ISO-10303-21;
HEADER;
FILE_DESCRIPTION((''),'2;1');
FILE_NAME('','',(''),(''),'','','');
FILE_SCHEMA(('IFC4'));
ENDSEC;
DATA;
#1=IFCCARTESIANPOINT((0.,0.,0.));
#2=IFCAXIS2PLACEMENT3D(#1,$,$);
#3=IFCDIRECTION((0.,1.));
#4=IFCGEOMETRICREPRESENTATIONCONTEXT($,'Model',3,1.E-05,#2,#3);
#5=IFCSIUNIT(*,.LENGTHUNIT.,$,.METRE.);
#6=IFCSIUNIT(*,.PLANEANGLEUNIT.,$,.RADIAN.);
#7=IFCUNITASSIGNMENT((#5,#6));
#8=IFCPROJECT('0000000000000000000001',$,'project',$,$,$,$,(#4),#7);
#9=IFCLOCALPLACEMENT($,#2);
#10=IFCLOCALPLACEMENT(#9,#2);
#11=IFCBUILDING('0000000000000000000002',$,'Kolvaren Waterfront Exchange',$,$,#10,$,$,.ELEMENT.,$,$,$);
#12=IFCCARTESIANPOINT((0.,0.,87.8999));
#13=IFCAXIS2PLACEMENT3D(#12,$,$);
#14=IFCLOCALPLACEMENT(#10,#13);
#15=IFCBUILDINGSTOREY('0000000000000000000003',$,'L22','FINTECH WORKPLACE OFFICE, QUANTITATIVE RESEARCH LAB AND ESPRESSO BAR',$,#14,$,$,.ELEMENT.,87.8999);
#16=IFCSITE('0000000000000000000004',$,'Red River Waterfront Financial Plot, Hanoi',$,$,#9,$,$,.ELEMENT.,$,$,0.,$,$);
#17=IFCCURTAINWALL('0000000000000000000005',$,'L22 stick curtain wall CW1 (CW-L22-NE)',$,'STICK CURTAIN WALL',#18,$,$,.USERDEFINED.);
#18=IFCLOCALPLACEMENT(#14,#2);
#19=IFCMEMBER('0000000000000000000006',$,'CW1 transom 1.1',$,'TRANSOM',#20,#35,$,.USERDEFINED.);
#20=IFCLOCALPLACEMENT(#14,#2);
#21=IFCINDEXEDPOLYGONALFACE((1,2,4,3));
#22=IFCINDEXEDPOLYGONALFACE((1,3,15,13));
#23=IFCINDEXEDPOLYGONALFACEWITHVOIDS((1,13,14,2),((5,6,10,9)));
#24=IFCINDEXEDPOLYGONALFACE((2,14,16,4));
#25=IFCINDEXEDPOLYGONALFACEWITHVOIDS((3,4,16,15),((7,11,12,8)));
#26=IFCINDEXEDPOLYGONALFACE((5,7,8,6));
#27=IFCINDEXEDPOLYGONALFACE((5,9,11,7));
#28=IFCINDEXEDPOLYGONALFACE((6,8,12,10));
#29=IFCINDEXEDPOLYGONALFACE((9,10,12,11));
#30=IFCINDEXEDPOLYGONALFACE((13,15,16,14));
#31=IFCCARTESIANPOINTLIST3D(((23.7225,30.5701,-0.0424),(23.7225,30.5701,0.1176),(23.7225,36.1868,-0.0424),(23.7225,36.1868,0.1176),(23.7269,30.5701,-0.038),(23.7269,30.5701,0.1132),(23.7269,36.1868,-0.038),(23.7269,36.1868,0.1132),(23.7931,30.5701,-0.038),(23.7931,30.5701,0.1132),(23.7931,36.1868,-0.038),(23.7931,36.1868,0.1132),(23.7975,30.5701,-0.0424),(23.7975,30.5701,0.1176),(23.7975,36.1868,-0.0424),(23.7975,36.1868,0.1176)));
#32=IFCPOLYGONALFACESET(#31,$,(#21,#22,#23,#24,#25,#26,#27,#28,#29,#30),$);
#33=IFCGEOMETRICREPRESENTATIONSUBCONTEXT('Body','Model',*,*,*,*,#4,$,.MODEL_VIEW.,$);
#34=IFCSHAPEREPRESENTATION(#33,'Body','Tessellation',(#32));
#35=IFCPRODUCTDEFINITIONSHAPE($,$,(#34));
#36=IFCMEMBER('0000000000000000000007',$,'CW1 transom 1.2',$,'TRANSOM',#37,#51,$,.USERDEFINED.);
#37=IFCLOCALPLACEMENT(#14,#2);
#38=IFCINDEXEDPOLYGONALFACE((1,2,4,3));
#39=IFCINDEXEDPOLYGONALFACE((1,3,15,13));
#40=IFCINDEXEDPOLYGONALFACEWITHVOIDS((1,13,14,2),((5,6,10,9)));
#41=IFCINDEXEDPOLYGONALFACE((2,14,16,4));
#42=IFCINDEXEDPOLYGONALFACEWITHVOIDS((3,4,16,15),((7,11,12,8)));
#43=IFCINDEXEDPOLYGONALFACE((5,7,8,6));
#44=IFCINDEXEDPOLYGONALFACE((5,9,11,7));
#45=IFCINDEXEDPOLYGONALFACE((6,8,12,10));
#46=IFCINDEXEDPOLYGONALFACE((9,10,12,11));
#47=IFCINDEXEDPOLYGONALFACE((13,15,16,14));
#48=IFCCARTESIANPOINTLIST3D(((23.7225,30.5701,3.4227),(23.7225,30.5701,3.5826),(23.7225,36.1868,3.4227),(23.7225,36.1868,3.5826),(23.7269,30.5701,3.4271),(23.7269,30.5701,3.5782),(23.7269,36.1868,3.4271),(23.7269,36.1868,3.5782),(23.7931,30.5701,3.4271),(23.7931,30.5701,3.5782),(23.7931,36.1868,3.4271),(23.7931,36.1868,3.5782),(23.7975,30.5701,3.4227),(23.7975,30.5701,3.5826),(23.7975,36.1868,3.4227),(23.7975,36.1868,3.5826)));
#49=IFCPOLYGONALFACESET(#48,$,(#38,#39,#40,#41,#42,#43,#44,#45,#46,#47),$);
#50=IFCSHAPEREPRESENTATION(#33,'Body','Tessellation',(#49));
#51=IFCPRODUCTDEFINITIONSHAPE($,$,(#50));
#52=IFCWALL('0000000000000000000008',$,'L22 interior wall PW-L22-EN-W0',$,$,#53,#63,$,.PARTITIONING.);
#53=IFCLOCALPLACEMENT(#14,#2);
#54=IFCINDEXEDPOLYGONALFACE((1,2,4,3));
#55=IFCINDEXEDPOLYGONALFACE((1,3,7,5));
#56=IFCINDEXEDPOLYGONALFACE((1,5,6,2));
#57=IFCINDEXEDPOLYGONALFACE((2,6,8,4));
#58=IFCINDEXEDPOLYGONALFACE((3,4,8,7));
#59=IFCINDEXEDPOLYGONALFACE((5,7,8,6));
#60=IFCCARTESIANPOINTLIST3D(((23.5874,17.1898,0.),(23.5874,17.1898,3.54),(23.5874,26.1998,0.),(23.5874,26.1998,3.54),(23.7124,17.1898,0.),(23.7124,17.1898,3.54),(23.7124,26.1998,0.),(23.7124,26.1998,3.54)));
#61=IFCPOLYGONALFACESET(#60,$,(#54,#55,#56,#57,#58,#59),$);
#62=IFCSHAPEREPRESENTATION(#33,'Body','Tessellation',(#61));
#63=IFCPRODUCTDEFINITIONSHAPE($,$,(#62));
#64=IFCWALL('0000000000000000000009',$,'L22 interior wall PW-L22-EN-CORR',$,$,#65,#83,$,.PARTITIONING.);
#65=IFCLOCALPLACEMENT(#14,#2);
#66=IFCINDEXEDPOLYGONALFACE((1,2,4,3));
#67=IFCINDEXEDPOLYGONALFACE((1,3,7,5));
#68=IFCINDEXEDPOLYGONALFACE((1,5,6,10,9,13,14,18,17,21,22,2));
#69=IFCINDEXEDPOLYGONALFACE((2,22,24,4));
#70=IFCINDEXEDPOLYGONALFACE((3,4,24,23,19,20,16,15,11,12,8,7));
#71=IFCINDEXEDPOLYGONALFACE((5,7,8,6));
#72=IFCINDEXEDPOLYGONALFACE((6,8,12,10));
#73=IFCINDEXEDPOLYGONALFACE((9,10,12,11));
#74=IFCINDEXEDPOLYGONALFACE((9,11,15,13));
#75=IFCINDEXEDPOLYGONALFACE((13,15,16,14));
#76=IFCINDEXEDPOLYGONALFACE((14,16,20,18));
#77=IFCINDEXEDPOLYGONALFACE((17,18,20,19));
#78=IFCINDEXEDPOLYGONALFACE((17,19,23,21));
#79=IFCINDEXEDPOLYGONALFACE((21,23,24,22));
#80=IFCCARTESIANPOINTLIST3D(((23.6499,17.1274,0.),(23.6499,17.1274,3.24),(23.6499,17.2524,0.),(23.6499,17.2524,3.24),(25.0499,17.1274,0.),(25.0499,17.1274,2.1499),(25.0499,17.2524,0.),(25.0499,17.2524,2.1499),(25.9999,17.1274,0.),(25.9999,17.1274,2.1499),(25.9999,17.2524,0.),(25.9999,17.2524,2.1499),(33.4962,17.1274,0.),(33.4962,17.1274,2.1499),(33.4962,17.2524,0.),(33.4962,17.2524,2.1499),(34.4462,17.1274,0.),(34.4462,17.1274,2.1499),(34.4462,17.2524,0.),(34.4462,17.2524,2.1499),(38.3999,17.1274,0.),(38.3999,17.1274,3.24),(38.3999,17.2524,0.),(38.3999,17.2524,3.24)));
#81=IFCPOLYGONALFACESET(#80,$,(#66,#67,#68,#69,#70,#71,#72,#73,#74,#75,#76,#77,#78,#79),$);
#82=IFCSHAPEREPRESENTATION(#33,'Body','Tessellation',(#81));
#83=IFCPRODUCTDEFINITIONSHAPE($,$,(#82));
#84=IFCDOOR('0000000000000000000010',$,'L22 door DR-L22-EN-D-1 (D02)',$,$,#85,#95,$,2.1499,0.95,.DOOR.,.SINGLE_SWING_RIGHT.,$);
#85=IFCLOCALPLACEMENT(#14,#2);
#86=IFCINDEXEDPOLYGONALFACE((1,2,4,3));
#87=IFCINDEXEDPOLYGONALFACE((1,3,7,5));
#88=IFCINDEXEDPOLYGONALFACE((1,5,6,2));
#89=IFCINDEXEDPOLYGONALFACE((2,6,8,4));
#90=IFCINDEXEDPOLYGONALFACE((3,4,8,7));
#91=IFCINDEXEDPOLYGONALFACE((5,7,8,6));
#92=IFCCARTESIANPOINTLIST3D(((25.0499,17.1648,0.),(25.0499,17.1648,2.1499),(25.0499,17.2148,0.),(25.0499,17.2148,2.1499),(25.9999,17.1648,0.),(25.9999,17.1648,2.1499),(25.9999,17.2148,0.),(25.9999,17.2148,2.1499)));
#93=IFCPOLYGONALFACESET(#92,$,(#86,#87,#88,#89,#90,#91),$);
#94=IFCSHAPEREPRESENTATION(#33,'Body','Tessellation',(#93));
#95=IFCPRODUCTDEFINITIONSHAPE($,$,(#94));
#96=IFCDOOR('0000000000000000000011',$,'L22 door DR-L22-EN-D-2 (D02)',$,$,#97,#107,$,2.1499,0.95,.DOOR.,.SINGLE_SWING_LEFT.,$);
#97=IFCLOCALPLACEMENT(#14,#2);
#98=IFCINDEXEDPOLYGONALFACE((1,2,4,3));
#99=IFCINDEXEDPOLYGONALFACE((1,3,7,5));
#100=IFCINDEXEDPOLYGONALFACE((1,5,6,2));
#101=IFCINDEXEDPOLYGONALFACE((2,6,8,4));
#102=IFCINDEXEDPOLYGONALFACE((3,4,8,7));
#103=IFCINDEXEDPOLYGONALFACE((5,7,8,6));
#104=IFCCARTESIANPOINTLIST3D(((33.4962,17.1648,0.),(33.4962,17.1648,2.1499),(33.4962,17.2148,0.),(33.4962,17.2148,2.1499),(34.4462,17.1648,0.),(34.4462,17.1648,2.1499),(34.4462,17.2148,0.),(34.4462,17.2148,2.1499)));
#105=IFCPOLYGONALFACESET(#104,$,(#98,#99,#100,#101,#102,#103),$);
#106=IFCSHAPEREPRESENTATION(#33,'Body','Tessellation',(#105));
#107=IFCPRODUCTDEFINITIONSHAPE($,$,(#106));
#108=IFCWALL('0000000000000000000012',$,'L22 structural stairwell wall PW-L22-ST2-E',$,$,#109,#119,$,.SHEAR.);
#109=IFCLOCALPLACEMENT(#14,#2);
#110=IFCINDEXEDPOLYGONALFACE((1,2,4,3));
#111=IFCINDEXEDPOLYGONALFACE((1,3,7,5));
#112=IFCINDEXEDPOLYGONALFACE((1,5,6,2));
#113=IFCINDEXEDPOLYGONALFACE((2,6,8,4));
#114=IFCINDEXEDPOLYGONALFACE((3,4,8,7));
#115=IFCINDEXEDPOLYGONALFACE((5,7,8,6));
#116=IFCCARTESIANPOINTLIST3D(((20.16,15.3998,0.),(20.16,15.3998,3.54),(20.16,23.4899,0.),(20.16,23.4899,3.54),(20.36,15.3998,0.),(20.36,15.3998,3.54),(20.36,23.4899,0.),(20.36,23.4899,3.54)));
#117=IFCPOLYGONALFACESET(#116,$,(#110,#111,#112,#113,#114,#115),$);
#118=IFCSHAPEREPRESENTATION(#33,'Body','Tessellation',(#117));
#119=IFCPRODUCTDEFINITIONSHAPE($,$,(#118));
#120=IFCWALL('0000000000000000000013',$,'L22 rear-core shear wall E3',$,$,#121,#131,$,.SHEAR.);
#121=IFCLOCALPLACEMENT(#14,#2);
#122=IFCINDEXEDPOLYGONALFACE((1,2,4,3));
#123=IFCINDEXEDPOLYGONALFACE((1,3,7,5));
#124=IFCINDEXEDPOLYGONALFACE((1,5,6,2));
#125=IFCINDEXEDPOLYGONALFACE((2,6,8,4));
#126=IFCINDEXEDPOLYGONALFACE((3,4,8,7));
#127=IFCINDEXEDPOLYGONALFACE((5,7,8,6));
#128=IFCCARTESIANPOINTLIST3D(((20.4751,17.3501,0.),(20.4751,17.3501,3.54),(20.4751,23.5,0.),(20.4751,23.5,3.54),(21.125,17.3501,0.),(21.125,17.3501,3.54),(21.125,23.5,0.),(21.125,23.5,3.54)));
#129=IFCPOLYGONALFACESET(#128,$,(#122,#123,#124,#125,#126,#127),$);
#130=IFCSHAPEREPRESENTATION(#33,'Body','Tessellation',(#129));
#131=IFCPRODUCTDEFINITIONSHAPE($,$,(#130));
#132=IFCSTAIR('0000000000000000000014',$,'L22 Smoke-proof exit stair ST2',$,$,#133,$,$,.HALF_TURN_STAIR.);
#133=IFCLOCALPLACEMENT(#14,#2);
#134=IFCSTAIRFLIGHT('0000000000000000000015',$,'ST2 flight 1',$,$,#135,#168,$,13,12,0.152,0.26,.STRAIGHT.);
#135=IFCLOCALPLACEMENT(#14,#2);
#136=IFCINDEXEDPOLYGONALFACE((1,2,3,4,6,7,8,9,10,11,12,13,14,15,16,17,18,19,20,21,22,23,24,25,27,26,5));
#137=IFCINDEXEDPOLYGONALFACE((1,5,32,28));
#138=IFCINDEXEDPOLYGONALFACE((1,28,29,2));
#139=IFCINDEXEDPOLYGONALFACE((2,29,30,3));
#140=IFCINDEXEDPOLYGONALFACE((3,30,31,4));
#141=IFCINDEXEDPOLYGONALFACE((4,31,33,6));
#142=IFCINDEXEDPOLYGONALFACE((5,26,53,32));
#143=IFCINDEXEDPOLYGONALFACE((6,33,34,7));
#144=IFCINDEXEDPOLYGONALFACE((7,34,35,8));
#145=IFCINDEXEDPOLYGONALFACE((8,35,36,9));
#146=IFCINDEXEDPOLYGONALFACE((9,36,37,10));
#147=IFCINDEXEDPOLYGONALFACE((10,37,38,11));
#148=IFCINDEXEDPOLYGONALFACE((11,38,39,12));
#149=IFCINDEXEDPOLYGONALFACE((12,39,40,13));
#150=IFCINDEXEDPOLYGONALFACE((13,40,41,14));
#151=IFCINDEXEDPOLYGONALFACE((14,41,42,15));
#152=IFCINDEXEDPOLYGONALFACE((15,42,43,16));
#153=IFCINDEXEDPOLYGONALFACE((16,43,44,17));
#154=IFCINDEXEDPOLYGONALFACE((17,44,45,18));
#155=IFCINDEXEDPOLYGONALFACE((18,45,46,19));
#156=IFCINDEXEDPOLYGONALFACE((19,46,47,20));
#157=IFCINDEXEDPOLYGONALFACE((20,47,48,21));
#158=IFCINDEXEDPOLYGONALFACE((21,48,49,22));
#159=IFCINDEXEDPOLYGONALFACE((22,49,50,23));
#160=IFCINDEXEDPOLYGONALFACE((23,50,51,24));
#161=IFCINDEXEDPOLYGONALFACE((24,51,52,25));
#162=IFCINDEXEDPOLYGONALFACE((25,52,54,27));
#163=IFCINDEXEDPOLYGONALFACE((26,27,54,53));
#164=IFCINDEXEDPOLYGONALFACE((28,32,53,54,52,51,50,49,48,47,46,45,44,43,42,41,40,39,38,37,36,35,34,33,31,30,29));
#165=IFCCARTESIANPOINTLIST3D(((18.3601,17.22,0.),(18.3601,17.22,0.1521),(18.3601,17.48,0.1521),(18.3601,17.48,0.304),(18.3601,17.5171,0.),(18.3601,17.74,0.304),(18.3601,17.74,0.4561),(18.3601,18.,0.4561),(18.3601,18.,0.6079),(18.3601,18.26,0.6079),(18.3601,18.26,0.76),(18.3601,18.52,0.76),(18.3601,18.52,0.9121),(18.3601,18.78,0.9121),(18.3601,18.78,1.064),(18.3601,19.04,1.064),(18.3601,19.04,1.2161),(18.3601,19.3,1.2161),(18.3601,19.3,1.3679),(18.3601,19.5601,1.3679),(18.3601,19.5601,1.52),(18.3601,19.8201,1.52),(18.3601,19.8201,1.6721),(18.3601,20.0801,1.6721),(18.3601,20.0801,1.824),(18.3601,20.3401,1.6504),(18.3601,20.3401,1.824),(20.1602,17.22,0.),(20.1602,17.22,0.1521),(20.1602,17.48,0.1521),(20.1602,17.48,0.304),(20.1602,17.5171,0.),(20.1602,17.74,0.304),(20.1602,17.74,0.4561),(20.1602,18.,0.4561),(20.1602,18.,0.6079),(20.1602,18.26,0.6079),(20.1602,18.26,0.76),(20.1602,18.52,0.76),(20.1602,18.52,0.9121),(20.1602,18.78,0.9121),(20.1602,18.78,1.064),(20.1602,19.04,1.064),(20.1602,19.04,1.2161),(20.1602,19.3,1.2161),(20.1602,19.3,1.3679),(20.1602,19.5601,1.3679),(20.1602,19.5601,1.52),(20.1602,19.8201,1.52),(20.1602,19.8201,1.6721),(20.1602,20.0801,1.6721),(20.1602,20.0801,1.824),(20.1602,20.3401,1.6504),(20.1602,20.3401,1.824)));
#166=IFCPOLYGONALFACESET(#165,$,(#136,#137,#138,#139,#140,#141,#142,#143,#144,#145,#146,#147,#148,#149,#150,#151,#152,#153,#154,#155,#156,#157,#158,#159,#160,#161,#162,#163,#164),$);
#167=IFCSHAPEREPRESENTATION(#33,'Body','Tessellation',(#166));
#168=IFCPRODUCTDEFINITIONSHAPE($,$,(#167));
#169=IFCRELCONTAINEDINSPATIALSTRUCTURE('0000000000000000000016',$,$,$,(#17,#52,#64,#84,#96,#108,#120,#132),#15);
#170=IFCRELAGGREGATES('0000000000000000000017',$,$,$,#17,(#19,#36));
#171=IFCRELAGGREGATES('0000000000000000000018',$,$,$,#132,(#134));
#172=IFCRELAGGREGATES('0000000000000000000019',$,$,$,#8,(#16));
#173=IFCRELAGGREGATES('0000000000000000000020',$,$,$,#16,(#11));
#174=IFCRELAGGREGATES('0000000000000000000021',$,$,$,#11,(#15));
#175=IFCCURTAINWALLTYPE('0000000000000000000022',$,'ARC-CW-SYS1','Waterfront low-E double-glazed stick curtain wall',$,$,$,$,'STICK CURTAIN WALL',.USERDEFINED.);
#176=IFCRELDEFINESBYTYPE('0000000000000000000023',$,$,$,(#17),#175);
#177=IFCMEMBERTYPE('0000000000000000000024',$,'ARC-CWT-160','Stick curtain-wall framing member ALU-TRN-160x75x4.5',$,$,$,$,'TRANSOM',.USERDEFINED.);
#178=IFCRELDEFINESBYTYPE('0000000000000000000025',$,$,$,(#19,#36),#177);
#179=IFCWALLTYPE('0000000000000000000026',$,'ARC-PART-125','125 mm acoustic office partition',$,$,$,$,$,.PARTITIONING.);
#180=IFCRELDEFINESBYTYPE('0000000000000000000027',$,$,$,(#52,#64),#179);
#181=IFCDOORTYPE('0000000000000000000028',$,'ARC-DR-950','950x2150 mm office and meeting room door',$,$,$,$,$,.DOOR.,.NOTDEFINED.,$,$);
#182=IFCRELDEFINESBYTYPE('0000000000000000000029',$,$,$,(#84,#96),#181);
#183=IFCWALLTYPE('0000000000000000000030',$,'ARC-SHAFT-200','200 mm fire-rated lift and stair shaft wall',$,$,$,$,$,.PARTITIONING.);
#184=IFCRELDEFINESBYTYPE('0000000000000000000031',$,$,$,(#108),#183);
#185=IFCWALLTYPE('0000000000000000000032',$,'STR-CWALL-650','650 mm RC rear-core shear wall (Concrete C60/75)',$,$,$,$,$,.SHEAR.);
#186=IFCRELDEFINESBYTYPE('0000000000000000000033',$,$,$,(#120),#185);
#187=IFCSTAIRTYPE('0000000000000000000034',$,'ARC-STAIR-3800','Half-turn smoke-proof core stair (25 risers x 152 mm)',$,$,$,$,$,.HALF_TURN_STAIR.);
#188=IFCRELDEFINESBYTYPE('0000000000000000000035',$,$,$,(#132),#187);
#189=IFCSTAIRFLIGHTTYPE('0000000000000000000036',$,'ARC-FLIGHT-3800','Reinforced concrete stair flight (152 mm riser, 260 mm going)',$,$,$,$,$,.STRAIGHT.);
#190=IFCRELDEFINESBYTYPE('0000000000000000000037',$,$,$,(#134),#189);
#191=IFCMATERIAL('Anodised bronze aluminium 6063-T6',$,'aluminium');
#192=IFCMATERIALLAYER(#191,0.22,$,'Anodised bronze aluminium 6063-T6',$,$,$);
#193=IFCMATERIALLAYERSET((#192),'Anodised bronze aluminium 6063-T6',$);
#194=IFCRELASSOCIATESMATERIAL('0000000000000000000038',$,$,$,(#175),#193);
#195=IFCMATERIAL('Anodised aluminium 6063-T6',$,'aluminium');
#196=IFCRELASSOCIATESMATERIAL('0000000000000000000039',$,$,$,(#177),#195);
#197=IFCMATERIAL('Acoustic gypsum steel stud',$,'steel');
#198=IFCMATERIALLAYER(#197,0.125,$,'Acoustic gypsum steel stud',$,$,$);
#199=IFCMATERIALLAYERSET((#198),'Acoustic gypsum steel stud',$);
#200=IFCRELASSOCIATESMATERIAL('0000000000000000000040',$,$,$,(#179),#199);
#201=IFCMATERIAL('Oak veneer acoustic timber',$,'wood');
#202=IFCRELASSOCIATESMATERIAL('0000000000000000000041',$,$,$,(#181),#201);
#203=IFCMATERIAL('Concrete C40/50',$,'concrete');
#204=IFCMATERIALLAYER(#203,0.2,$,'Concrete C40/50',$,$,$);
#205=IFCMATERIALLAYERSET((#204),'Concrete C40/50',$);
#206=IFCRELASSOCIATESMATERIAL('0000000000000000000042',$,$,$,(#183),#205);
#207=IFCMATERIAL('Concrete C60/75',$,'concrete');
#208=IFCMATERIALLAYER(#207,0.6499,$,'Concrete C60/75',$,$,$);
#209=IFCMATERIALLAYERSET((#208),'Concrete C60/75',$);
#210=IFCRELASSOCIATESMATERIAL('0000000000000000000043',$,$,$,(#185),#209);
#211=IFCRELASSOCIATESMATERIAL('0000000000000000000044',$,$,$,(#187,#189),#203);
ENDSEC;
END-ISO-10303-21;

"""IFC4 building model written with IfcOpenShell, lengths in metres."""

from ifc_helpers import new_model, si_unit, direction, frame, frame_2d, origin, origin_with_axes, origin_2d, place, context, subcontext, project, spatial, polyline, rectangle, hollow_rectangle, outline, extrude, source, transform, mapped, material, layer, layer_set, material_profile, profile_set, type_object, element, fill, aggregate, save


model = new_model("IFC4")

# Units and contexts
model_context = context("Model", 3, precision=1e-05, world=origin(), true_north=direction((0.0, 1.0)))
body_context = subcontext(model_context, "Body", "Model", "MODEL_VIEW")
ifc_project = project(units=[si_unit("LENGTHUNIT", "METRE"), si_unit("PLANEANGLEUNIT", "RADIAN")], contexts=[model_context])

# Site, building, storey
site_placement = place(None, origin())
site = spatial("IfcSite", under=ifc_project, at=site_placement, Name="Red River Waterfront Financial Plot, Hanoi", CompositionType="ELEMENT", RefElevation=0.0)
building_placement = place(site_placement, origin())
building = spatial("IfcBuilding", under=site, at=building_placement, Name="Kolvaren Waterfront Exchange", CompositionType="ELEMENT")
storey_placement = place(building_placement, frame((0.0, 0.0, 87.8999)))
storey = spatial("IfcBuildingStorey", under=building, at=storey_placement, Name="L22", Description="FINTECH WORKPLACE OFFICE, QUANTITATIVE RESEARCH LAB AND ESPRESSO BAR", CompositionType="ELEMENT", Elevation=87.8999)

# Shared definitions
ifc_material_1 = material(Name="Concrete C60/75", Category="concrete")

# Curtain wall, members
ifc_material_2 = material(Name="Anodised bronze aluminium 6063-T6", Category="aluminium")
ifc_layer_1 = layer(ifc_material_2, 0.22, Name="Anodised bronze aluminium 6063-T6")
ifc_layer_set_1 = layer_set([ifc_layer_1], Name="Anodised bronze aluminium 6063-T6")
curtain_wall_type = type_object("IfcCurtainWallType", Name="ARC-CW-SYS1", Description="Waterfront low-E double-glazed stick curtain wall", ElementType="STICK CURTAIN WALL", PredefinedType="USERDEFINED", material=ifc_layer_set_1)
curtain_wall_placement = place(storey_placement, origin())
curtain_wall = element("IfcCurtainWall", 1, at=curtain_wall_placement, inside=storey, type_object=curtain_wall_type, Name="L22 stick curtain wall CW1 (CW-L22-NE)", ObjectType="STICK CURTAIN WALL", PredefinedType="USERDEFINED")
ifc_material_3 = material(Name="Anodised aluminium 6063-T6", Category="aluminium")
ifc_material_profile_1 = material_profile(ifc_material_3, hollow_rectangle(XDim=0.075, YDim=0.1599, WallThickness=0.0044, at=origin_2d()), Name="ALU-TRN-160x75x4.5")
ifc_profile_set_1 = profile_set([ifc_material_profile_1], Name="Anodised aluminium 6063-T6")
member_type_1 = type_object("IfcMemberType", Name="ARC-CWT-160", Description="Stick curtain-wall framing member ALU-TRN-160x75x4.5", ElementType="TRANSOM", PredefinedType="USERDEFINED", material=ifc_profile_set_1)
shared_shape_1 = source(origin_with_axes(), body_context, "Body", "SweptSolid", [
    extrude(hollow_rectangle(XDim=0.075, YDim=0.1599, WallThickness=0.0044, at=origin_2d()), origin(), (0.0, 0.0, 1.0), 5.6167),
])
member_1_placement = place(storey_placement, frame((23.76, 30.5701, 0.0376), z_axis=(0.0, 1.0, 0.0), x_axis=(-1.0, 0.0, 0.0)))
member_1 = element("IfcMember", 2, at=member_1_placement, type_object=member_type_1, Name="CW1 transom 1.1", ObjectType="TRANSOM", PredefinedType="USERDEFINED", context=body_context, shape_type="MappedRepresentation", body=[
    mapped(shared_shape_1, transform((0.0, 0.0, 0.0), x_axis=(1.0, 0.0, 0.0), y_axis=(0.0, 1.0, 0.0), z_axis=(0.0, 0.0, 1.0), scale=1.0)),
])
member_2_placement = place(storey_placement, frame((23.76, 30.5701, 3.5027), z_axis=(0.0, 1.0, 0.0), x_axis=(-1.0, 0.0, 0.0)))
member_2 = element("IfcMember", 3, at=member_2_placement, type_object=member_type_1, Name="CW1 transom 1.2", ObjectType="TRANSOM", PredefinedType="USERDEFINED", context=body_context, shape_type="MappedRepresentation", body=[
    mapped(shared_shape_1, transform((0.0, 0.0, 0.0), x_axis=(1.0, 0.0, 0.0), y_axis=(0.0, 1.0, 0.0), z_axis=(0.0, 0.0, 1.0), scale=1.0)),
])
aggregate(curtain_wall, [member_1, member_2])

# Wall
ifc_material_4 = material(Name="Acoustic gypsum steel stud", Category="steel")
ifc_layer_2 = layer(ifc_material_4, 0.125, Name="Acoustic gypsum steel stud")
ifc_layer_set_2 = layer_set([ifc_layer_2], Name="Acoustic gypsum steel stud")
wall_type_1 = type_object("IfcWallType", Name="ARC-PART-125", Description="125 mm acoustic office partition", PredefinedType="PARTITIONING", material=ifc_layer_set_2)
wall_1_placement = place(storey_placement, frame((23.6499, 17.1899, 0.0), z_axis=(0.0, 0.0, 1.0), x_axis=(0.0, 1.0, 0.0)))
element("IfcWall", 4, at=wall_1_placement, inside=storey, type_object=wall_type_1, Name="L22 interior wall PW-L22-EN-W0", PredefinedType="PARTITIONING", context=body_context, shape_type="SweptSolid", body=[
    extrude(rectangle(XDim=9.01, YDim=0.125, at=frame_2d((4.5049, 0.0))), origin(), (0.0, 0.0, 1.0), 3.54),
])

# Wall, openings, doors
wall_2_placement = place(storey_placement, frame((23.6499, 17.1899, 0.0), z_axis=(0.0, 0.0, 1.0), x_axis=(1.0, 0.0, 0.0)))
wall_2 = element("IfcWall", 5, at=wall_2_placement, inside=storey, type_object=wall_type_1, Name="L22 interior wall PW-L22-EN-CORR", PredefinedType="PARTITIONING", context=body_context, shape_type="SweptSolid", body=[
    extrude(rectangle(XDim=14.75, YDim=0.125, at=frame_2d((7.375, 0.0))), origin(), (0.0, 0.0, 1.0), 3.24),
])
opening_1_placement = place(wall_2_placement, frame((1.3999, 0.0, 0.0)))
opening_1 = element("IfcOpeningElement", 6, at=opening_1_placement, cuts=wall_2, PredefinedType="OPENING", context=body_context, shape_type="SweptSolid", body=[
    extrude(rectangle(XDim=0.95, YDim=2.1499, at=frame_2d((0.4751, 1.075))), frame((0.0, 0.0725, 0.0), z_axis=(0.0, -1.0, 0.0), x_axis=(1.0, 0.0, 0.0)), (0.0, 0.0, 1.0), 0.145),
])
opening_2_placement = place(wall_2_placement, frame((9.8462, 0.0, 0.0)))
opening_2 = element("IfcOpeningElement", 7, at=opening_2_placement, cuts=wall_2, PredefinedType="OPENING", context=body_context, shape_type="SweptSolid", body=[
    extrude(rectangle(XDim=0.95, YDim=2.1499, at=frame_2d((0.4751, 1.075))), frame((0.0, 0.0725, 0.0), z_axis=(0.0, -1.0, 0.0), x_axis=(1.0, 0.0, 0.0)), (0.0, 0.0, 1.0), 0.145),
])
ifc_material_5 = material(Name="Oak veneer acoustic timber", Category="wood")
door_type = type_object("IfcDoorType", Name="ARC-DR-950", Description="950x2150 mm office and meeting room door", OperationType="NOTDEFINED", PredefinedType="DOOR", material=ifc_material_5)
door_1_placement = place(opening_1_placement, origin())
door_1 = element("IfcDoor", 8, at=door_1_placement, inside=storey, type_object=door_type, Name="L22 door DR-L22-EN-D-1 (D02)", OperationType="SINGLE_SWING_RIGHT", OverallHeight=2.1499, OverallWidth=0.95, PredefinedType="DOOR", context=body_context, shape_type="SweptSolid", body=[
    extrude(rectangle(XDim=0.95, YDim=2.1499, at=frame_2d((0.4751, 1.075))), frame((0.0, 0.0249, 0.0), z_axis=(0.0, -1.0, 0.0), x_axis=(1.0, 0.0, 0.0)), (0.0, 0.0, 1.0), 0.05),
])
fill(opening_1, door_1)
door_2_placement = place(opening_2_placement, origin())
door_2 = element("IfcDoor", 9, at=door_2_placement, inside=storey, type_object=door_type, Name="L22 door DR-L22-EN-D-2 (D02)", OperationType="SINGLE_SWING_LEFT", OverallHeight=2.1499, OverallWidth=0.95, PredefinedType="DOOR", context=body_context, shape_type="SweptSolid", body=[
    extrude(rectangle(XDim=0.95, YDim=2.1499, at=frame_2d((0.4751, 1.075))), frame((0.0, 0.0249, 0.0), z_axis=(0.0, -1.0, 0.0), x_axis=(1.0, 0.0, 0.0)), (0.0, 0.0, 1.0), 0.05),
])
fill(opening_2, door_2)

# Walls
ifc_material_6 = material(Name="Concrete C40/50", Category="concrete")
ifc_layer_3 = layer(ifc_material_6, 0.2, Name="Concrete C40/50")
ifc_layer_set_3 = layer_set([ifc_layer_3], Name="Concrete C40/50")
wall_type_2 = type_object("IfcWallType", Name="ARC-SHAFT-200", Description="200 mm fire-rated lift and stair shaft wall", PredefinedType="PARTITIONING", material=ifc_layer_set_3)
wall_3_placement = place(storey_placement, frame((20.26, 15.3999, 0.0), z_axis=(0.0, 0.0, 1.0), x_axis=(0.0, 1.0, 0.0)))
element("IfcWall", 10, at=wall_3_placement, inside=storey, type_object=wall_type_2, Name="L22 structural stairwell wall PW-L22-ST2-E", PredefinedType="SHEAR", context=body_context, shape_type="SweptSolid", body=[
    extrude(rectangle(XDim=8.0901, YDim=0.2, at=frame_2d((4.0449, 0.0))), origin(), (0.0, 0.0, 1.0), 3.54),
])
ifc_layer_4 = layer(ifc_material_1, 0.6499, Name="Concrete C60/75")
ifc_layer_set_4 = layer_set([ifc_layer_4], Name="Concrete C60/75")
wall_type_3 = type_object("IfcWallType", Name="STR-CWALL-650", Description="650 mm RC rear-core shear wall (Concrete C60/75)", PredefinedType="SHEAR", material=ifc_layer_set_4)
wall_4_placement = place(storey_placement, frame((20.8, 17.3501, 0.0), z_axis=(0.0, 0.0, 1.0), x_axis=(0.0, 1.0, 0.0)))
element("IfcWall", 11, at=wall_4_placement, inside=storey, type_object=wall_type_3, Name="L22 rear-core shear wall E3", PredefinedType="SHEAR", context=body_context, shape_type="SweptSolid", body=[
    extrude(rectangle(XDim=6.1499, YDim=0.6499, at=frame_2d((3.075, 0.0))), origin(), (0.0, 0.0, 1.0), 3.54),
])

# Stair, stair flight
stair_type = type_object("IfcStairType", Name="ARC-STAIR-3800", Description="Half-turn smoke-proof core stair (25 risers x 152 mm)", PredefinedType="HALF_TURN_STAIR", material=ifc_material_6)
stair_placement = place(storey_placement, origin())
stair = element("IfcStair", 12, at=stair_placement, inside=storey, type_object=stair_type, Name="L22 Smoke-proof exit stair ST2", PredefinedType="HALF_TURN_STAIR")
stair_flight_type = type_object("IfcStairFlightType", Name="ARC-FLIGHT-3800", Description="Reinforced concrete stair flight (152 mm riser, 260 mm going)", PredefinedType="STRAIGHT", material=ifc_material_6)
stair_flight_placement = place(storey_placement, frame((19.26, 17.22, 0.0), z_axis=(0.0, 0.0, 1.0), x_axis=(0.0, 1.0, 0.0)))
stair_flight = element("IfcStairFlight", 13, at=stair_flight_placement, type_object=stair_flight_type, Name="ST2 flight 1", NumberOfRisers=13, NumberOfTreads=12, PredefinedType="STRAIGHT", RiserHeight=0.152, TreadLength=0.26, context=body_context, shape_type="SweptSolid", body=[
    extrude(outline(polyline([(0.0, 0.0), (0.0, 0.1521), (0.26, 0.1521), (0.26, 0.304), (0.52, 0.304), (0.52, 0.4561), (0.78, 0.4561), (0.78, 0.6079), (1.04, 0.6079), (1.04, 0.76), (1.3, 0.76), (1.3, 0.9121), (1.5601, 0.9121), (1.5601, 1.064), (1.8201, 1.064), (1.8201, 1.2161), (2.0801, 1.2161), (2.0801, 1.3679), (2.3401, 1.3679), (2.3401, 1.52), (2.6001, 1.52), (2.6001, 1.6721), (2.8601, 1.6721), (2.8601, 1.824), (3.1201, 1.824), (3.1201, 1.9761), (3.1201, 1.6504), (0.2971, 0.0), (0.0, 0.0)])), frame((0.0, 0.8999, 0.0), z_axis=(0.0, -1.0, 0.0), x_axis=(1.0, 0.0, 0.0)), (0.0, 0.0, 1.0), 1.8),
])
aggregate(stair, [stair_flight])

save(model, "model.ifc")
